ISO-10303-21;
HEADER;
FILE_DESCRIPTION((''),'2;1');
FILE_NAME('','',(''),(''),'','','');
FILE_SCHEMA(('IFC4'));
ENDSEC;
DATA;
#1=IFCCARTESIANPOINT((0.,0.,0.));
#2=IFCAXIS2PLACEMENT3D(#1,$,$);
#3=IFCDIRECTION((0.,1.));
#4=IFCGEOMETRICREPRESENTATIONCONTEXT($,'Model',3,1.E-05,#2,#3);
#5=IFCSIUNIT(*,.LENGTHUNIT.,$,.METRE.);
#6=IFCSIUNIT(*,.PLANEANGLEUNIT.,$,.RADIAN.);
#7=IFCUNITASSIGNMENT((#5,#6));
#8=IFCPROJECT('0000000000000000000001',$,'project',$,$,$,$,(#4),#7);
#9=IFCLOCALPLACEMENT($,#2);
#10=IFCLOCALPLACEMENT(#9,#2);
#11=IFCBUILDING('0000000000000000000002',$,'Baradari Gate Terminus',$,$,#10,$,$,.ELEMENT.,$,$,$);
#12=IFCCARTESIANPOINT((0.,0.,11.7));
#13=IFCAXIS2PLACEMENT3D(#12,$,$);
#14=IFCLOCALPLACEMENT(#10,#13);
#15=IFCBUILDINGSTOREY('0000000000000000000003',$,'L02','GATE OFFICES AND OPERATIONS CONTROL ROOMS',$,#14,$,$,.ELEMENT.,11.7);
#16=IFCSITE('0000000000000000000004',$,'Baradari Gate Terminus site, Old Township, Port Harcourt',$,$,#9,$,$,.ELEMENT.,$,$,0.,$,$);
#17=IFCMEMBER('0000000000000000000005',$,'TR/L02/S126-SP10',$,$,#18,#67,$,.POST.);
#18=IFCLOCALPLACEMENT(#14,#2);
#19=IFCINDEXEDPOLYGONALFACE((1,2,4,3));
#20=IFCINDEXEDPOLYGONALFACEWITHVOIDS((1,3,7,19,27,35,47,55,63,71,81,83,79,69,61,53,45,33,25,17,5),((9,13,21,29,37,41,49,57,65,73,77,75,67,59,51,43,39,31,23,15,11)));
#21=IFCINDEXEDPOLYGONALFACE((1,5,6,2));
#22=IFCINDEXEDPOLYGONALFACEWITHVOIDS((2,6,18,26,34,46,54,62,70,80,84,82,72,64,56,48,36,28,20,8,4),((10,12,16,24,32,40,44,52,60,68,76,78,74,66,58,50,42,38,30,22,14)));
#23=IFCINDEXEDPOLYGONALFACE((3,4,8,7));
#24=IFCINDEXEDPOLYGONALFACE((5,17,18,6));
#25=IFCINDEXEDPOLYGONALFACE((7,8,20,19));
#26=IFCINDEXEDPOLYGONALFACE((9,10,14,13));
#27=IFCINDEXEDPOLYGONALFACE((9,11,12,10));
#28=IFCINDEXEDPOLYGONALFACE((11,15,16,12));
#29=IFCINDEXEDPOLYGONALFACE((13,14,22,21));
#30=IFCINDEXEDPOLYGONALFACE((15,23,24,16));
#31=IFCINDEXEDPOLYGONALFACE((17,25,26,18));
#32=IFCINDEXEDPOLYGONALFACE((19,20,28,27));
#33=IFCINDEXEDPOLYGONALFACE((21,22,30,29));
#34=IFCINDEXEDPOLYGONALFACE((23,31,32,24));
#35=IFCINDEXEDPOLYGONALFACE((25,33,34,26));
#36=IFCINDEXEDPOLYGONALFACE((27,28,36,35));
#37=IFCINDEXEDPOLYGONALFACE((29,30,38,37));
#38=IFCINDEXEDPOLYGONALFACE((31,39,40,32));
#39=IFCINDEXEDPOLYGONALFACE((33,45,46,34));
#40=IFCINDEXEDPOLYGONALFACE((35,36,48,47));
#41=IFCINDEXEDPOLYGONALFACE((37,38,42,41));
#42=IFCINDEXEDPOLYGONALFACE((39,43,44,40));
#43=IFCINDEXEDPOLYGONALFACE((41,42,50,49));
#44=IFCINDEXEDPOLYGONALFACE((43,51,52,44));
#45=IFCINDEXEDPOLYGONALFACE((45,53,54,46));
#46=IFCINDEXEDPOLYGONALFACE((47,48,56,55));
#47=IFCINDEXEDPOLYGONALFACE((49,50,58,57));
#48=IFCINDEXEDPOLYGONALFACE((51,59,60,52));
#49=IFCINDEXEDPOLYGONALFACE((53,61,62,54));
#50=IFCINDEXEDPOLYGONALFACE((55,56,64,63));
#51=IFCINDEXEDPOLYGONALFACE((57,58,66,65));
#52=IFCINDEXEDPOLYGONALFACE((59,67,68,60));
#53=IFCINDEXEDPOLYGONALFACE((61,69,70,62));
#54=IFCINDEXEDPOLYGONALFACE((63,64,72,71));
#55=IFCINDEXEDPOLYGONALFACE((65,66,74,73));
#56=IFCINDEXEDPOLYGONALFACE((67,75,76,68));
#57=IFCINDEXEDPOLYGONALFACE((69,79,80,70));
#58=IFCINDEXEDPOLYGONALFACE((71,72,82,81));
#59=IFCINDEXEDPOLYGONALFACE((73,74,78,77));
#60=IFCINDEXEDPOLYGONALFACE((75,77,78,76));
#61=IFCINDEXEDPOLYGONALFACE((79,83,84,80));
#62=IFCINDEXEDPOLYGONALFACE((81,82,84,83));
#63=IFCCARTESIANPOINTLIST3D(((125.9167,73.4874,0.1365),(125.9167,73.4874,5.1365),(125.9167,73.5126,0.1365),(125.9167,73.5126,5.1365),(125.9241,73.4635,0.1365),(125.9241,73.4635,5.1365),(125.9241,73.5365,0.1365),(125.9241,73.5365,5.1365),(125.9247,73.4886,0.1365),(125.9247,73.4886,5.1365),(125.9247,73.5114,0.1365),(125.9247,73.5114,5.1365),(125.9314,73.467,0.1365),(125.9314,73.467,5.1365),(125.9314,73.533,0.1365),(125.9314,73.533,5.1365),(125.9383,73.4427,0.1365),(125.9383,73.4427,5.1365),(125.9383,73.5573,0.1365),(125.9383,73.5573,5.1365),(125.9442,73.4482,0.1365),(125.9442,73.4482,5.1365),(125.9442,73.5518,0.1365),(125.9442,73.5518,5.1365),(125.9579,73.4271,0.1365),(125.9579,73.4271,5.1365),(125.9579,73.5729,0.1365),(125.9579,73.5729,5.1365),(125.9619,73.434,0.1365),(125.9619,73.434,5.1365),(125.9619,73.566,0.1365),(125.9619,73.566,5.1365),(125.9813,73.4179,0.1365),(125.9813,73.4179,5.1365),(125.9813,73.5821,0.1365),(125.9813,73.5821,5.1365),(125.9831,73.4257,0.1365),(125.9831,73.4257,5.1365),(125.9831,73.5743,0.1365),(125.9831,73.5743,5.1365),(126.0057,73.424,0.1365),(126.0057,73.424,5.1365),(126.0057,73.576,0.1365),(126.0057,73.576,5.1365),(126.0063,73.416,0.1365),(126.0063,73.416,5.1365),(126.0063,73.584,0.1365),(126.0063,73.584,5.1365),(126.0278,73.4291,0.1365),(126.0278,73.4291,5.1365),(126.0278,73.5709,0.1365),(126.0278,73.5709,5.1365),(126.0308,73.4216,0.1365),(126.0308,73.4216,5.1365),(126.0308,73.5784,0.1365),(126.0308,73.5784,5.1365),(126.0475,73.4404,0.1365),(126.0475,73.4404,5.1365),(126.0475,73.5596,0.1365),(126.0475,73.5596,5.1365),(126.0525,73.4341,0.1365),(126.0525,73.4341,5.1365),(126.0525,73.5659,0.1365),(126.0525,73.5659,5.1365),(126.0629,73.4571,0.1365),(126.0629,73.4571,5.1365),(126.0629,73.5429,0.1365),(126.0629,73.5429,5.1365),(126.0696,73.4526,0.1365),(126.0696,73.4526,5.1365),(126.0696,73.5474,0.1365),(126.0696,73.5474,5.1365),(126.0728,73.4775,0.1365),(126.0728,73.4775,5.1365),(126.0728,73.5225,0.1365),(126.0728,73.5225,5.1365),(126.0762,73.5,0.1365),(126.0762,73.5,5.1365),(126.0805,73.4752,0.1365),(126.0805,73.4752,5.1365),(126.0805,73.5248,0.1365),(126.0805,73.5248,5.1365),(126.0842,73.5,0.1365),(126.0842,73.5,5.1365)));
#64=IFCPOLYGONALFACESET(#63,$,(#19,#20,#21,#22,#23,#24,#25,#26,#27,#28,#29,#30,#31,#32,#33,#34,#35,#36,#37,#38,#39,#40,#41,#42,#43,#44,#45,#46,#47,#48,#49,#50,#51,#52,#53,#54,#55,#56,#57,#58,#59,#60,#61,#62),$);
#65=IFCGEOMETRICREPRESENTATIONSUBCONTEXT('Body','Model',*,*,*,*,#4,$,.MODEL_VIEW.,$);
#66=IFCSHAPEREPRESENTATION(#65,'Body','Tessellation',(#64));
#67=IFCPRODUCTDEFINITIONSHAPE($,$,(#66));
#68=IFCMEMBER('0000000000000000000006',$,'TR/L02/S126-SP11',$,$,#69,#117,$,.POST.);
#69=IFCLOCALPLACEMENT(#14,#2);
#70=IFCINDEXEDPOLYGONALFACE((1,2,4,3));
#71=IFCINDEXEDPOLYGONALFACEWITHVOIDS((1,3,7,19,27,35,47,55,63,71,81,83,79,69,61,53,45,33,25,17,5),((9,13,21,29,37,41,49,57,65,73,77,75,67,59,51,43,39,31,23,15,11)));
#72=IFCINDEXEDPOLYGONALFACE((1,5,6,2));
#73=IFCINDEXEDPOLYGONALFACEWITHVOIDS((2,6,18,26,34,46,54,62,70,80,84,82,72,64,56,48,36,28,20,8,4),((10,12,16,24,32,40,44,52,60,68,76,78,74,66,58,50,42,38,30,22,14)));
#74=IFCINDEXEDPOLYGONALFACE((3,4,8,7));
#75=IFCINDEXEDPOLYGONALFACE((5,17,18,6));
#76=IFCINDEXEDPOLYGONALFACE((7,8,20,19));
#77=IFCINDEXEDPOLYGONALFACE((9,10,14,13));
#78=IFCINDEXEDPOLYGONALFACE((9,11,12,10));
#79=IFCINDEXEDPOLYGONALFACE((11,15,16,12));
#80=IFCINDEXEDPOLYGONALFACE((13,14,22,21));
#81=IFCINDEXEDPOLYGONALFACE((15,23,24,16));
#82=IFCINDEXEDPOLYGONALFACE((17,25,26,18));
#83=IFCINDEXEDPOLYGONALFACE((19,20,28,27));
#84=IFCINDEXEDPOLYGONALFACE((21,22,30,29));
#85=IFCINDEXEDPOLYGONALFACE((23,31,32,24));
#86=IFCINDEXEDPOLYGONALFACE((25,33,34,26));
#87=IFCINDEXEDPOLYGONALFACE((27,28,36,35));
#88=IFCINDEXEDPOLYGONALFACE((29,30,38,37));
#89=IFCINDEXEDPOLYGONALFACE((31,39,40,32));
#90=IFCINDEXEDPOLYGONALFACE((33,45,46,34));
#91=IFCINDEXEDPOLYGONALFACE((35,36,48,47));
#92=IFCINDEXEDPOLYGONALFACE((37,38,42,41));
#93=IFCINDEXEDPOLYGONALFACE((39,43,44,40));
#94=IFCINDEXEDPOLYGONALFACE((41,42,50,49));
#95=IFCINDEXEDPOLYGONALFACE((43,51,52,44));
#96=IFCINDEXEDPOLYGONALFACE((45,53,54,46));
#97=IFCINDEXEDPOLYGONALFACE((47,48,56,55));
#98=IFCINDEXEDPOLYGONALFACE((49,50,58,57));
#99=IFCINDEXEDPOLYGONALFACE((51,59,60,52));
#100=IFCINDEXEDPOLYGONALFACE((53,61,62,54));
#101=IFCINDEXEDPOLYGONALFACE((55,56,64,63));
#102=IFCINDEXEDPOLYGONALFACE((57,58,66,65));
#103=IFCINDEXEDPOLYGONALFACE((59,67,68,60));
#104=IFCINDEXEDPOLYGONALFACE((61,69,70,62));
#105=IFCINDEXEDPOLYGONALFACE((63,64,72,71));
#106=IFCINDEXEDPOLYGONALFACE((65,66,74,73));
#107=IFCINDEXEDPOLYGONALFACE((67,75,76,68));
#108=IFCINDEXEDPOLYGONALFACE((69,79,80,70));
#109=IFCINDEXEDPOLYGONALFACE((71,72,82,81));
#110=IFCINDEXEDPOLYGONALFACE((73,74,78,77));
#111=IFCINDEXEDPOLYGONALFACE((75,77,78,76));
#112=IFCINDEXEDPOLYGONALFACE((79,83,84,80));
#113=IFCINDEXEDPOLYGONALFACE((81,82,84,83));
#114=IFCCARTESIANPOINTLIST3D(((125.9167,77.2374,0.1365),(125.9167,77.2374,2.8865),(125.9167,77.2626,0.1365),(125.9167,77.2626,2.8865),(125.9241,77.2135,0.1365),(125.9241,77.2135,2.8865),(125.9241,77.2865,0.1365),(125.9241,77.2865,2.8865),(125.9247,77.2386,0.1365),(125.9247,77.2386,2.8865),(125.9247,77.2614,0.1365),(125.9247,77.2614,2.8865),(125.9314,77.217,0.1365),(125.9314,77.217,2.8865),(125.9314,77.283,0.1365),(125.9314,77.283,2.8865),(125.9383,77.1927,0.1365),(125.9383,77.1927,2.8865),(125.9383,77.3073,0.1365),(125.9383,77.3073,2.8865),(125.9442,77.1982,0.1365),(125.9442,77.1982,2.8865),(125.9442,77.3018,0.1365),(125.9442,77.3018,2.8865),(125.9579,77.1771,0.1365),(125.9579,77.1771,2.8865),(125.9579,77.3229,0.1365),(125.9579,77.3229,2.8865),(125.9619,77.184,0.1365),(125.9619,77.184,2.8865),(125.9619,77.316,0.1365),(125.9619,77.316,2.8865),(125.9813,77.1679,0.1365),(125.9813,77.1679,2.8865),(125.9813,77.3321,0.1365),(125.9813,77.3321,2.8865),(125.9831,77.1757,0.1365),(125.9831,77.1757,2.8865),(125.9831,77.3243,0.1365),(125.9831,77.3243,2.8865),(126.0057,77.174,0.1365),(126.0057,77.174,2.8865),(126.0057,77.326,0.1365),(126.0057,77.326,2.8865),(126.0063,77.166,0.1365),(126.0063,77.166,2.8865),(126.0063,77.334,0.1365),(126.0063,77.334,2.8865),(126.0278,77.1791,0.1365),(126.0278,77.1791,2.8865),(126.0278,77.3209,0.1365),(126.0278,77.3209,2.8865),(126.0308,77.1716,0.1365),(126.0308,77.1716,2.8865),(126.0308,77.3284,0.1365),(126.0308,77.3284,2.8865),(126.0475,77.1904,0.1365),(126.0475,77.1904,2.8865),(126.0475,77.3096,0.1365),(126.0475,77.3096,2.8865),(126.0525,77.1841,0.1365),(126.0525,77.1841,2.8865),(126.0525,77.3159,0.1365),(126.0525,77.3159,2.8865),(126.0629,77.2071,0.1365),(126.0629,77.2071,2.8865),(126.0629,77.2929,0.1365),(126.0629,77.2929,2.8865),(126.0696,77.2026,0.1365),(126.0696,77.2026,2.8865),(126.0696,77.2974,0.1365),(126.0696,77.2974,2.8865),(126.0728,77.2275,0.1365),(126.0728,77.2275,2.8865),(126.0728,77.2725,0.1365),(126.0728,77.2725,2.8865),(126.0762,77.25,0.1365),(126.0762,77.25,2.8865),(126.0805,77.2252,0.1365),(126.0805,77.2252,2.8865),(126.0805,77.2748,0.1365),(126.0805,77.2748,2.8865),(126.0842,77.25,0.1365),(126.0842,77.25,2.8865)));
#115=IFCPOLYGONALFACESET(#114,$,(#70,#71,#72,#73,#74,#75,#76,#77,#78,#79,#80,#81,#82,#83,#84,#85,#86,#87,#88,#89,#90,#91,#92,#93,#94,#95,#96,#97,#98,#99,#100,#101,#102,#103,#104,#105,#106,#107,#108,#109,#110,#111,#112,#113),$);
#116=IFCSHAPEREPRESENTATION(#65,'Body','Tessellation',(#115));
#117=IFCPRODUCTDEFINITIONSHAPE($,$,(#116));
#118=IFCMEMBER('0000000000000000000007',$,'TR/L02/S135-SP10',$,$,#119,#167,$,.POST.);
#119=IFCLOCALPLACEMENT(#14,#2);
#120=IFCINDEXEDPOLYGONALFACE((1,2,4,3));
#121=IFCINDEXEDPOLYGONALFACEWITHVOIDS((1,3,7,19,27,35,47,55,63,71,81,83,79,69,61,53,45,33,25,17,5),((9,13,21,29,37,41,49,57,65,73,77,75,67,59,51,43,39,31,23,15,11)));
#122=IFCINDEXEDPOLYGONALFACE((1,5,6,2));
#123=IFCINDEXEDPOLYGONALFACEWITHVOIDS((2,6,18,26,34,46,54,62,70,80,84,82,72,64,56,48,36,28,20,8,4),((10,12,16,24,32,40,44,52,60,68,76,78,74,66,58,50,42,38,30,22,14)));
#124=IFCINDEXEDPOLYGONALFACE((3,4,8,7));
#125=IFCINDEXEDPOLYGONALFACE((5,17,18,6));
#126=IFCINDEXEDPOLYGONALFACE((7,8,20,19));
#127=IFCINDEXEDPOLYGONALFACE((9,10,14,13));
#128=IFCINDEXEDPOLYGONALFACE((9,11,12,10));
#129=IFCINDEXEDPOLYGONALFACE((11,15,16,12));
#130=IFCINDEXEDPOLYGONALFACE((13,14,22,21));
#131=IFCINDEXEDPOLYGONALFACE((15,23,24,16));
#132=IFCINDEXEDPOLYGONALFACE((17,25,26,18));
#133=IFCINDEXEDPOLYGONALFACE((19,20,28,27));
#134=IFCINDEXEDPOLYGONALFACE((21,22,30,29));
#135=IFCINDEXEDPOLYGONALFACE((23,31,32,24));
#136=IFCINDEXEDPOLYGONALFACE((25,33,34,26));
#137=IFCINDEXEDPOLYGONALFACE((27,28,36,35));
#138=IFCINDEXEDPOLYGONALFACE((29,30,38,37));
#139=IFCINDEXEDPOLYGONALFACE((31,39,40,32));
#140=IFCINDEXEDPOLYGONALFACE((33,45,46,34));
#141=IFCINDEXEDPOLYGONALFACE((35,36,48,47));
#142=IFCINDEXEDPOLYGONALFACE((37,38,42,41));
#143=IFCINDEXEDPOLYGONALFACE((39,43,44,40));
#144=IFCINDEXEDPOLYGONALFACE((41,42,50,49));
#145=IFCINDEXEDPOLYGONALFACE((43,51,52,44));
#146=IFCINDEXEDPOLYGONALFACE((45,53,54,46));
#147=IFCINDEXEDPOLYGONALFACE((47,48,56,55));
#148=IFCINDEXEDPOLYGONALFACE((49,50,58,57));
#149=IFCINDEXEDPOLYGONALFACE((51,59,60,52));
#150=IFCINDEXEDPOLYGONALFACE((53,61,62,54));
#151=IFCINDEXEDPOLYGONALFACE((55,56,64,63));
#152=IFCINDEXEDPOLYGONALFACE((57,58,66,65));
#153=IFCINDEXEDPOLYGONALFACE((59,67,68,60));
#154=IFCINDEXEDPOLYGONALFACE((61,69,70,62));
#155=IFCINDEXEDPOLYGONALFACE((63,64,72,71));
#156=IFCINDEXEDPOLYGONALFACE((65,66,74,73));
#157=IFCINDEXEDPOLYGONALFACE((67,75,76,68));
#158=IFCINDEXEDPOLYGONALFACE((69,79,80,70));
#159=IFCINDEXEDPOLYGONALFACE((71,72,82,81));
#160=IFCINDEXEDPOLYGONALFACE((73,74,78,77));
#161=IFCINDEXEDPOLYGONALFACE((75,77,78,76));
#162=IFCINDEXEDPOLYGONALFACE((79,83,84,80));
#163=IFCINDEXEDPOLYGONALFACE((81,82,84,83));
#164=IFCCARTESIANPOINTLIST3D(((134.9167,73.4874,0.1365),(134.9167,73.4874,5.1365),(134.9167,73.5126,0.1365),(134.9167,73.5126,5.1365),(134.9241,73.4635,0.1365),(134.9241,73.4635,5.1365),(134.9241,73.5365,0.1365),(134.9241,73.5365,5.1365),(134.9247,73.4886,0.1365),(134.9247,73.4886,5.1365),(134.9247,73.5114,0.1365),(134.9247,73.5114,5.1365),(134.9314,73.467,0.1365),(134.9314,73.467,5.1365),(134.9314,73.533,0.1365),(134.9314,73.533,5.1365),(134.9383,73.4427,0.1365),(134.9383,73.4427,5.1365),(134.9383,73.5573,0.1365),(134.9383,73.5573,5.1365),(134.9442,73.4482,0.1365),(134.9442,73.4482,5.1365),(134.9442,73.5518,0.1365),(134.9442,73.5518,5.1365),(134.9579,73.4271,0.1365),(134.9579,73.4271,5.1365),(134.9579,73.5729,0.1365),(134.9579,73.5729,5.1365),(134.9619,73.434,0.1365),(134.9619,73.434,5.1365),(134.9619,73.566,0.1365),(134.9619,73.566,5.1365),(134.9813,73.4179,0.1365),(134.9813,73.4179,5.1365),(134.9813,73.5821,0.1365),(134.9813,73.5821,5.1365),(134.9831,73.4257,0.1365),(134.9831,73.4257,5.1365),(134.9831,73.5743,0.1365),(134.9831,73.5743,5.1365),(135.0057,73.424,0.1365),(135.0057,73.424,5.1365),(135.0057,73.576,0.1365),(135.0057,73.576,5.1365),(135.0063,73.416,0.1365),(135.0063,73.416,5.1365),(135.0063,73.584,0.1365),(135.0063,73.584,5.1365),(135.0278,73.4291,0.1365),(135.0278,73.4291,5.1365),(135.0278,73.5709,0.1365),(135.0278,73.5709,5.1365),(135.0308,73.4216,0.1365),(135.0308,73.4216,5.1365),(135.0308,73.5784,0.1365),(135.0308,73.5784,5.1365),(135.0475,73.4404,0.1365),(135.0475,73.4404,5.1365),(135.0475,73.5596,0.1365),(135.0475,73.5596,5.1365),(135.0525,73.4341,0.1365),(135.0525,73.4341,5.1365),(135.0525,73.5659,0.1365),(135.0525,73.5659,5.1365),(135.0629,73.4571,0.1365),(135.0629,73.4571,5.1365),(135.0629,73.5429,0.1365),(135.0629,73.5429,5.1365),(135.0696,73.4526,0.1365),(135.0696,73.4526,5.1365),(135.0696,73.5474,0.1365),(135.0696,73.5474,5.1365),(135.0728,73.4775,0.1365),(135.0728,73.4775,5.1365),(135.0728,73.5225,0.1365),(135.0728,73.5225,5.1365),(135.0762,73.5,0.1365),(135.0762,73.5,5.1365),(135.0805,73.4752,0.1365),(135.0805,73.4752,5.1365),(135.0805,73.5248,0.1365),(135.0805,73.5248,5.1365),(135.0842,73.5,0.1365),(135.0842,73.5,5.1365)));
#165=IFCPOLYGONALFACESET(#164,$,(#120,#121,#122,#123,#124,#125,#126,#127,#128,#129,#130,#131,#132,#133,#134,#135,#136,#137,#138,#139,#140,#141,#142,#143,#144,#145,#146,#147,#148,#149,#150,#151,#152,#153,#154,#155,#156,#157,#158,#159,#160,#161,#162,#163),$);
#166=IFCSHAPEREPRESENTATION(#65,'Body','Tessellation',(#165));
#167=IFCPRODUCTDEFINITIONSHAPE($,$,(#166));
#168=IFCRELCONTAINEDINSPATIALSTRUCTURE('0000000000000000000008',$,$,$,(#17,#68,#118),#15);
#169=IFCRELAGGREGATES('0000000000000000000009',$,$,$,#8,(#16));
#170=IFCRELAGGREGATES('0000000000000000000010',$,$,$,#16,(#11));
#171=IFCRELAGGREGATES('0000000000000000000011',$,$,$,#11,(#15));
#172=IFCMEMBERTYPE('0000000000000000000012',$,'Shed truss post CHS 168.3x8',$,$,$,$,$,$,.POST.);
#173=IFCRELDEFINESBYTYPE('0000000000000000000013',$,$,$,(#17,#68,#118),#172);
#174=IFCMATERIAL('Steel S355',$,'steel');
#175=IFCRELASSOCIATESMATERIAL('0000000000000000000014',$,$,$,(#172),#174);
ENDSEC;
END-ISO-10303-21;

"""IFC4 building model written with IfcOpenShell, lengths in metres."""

from ifc_helpers import new_model, si_unit, direction, frame, origin, origin_2d, place, context, subcontext, project, spatial, hollow_circle, extrude, material, material_profile, profile_set, type_object, element, save


model = new_model("IFC4")

# Units and contexts
model_context = context("Model", 3, precision=1e-05, world=origin(), true_north=direction((0.0, 1.0)))
body_context = subcontext(model_context, "Body", "Model", "MODEL_VIEW")
ifc_project = project(units=[si_unit("LENGTHUNIT", "METRE"), si_unit("PLANEANGLEUNIT", "RADIAN")], contexts=[model_context])

# Site, building, storey
site_placement = place(None, origin())
site = spatial("IfcSite", under=ifc_project, at=site_placement, Name="Baradari Gate Terminus site, Old Township, Port Harcourt", CompositionType="ELEMENT", RefElevation=0.0)
building_placement = place(site_placement, origin())
building = spatial("IfcBuilding", under=site, at=building_placement, Name="Baradari Gate Terminus", CompositionType="ELEMENT")
storey_placement = place(building_placement, frame((0.0, 0.0, 11.7)))
storey = spatial("IfcBuildingStorey", under=building, at=storey_placement, Name="L02", Description="GATE OFFICES AND OPERATIONS CONTROL ROOMS", CompositionType="ELEMENT", Elevation=11.7)

# Members
ifc_material_1 = material(Name="Steel S355", Category="steel")
ifc_material_profile_1 = material_profile(ifc_material_1, hollow_circle(Radius=0.0842, WallThickness=0.0081, at=origin_2d()), Name="CHS 168.3x8")
ifc_profile_set_1 = profile_set([ifc_material_profile_1], Name="Steel S355")
member_type_1 = type_object("IfcMemberType", Name="Shed truss post CHS 168.3x8", PredefinedType="POST", material=ifc_profile_set_1)
member_1_placement = place(storey_placement, frame((126.0, 73.5, 0.1365), z_axis=(0.0, 0.0, 1.0), x_axis=(1.0, 0.0, 0.0)))
element("IfcMember", 1, at=member_1_placement, inside=storey, type_object=member_type_1, Name="TR/L02/S126-SP10", PredefinedType="POST", context=body_context, shape_type="SweptSolid", body=[
    extrude(hollow_circle(Radius=0.0842, WallThickness=0.0081, at=origin_2d()), origin(), (0.0, 0.0, 1.0), 5.0),
])
member_2_placement = place(storey_placement, frame((126.0, 77.25, 0.1365), z_axis=(0.0, 0.0, 1.0), x_axis=(1.0, 0.0, 0.0)))
element("IfcMember", 2, at=member_2_placement, inside=storey, type_object=member_type_1, Name="TR/L02/S126-SP11", PredefinedType="POST", context=body_context, shape_type="SweptSolid", body=[
    extrude(hollow_circle(Radius=0.0842, WallThickness=0.0081, at=origin_2d()), origin(), (0.0, 0.0, 1.0), 2.75),
])
member_3_placement = place(storey_placement, frame((135.0, 73.5, 0.1365), z_axis=(0.0, 0.0, 1.0), x_axis=(1.0, 0.0, 0.0)))
element("IfcMember", 3, at=member_3_placement, inside=storey, type_object=member_type_1, Name="TR/L02/S135-SP10", PredefinedType="POST", context=body_context, shape_type="SweptSolid", body=[
    extrude(hollow_circle(Radius=0.0842, WallThickness=0.0081, at=origin_2d()), origin(), (0.0, 0.0, 1.0), 5.0),
])

save(model, "model.ifc")
